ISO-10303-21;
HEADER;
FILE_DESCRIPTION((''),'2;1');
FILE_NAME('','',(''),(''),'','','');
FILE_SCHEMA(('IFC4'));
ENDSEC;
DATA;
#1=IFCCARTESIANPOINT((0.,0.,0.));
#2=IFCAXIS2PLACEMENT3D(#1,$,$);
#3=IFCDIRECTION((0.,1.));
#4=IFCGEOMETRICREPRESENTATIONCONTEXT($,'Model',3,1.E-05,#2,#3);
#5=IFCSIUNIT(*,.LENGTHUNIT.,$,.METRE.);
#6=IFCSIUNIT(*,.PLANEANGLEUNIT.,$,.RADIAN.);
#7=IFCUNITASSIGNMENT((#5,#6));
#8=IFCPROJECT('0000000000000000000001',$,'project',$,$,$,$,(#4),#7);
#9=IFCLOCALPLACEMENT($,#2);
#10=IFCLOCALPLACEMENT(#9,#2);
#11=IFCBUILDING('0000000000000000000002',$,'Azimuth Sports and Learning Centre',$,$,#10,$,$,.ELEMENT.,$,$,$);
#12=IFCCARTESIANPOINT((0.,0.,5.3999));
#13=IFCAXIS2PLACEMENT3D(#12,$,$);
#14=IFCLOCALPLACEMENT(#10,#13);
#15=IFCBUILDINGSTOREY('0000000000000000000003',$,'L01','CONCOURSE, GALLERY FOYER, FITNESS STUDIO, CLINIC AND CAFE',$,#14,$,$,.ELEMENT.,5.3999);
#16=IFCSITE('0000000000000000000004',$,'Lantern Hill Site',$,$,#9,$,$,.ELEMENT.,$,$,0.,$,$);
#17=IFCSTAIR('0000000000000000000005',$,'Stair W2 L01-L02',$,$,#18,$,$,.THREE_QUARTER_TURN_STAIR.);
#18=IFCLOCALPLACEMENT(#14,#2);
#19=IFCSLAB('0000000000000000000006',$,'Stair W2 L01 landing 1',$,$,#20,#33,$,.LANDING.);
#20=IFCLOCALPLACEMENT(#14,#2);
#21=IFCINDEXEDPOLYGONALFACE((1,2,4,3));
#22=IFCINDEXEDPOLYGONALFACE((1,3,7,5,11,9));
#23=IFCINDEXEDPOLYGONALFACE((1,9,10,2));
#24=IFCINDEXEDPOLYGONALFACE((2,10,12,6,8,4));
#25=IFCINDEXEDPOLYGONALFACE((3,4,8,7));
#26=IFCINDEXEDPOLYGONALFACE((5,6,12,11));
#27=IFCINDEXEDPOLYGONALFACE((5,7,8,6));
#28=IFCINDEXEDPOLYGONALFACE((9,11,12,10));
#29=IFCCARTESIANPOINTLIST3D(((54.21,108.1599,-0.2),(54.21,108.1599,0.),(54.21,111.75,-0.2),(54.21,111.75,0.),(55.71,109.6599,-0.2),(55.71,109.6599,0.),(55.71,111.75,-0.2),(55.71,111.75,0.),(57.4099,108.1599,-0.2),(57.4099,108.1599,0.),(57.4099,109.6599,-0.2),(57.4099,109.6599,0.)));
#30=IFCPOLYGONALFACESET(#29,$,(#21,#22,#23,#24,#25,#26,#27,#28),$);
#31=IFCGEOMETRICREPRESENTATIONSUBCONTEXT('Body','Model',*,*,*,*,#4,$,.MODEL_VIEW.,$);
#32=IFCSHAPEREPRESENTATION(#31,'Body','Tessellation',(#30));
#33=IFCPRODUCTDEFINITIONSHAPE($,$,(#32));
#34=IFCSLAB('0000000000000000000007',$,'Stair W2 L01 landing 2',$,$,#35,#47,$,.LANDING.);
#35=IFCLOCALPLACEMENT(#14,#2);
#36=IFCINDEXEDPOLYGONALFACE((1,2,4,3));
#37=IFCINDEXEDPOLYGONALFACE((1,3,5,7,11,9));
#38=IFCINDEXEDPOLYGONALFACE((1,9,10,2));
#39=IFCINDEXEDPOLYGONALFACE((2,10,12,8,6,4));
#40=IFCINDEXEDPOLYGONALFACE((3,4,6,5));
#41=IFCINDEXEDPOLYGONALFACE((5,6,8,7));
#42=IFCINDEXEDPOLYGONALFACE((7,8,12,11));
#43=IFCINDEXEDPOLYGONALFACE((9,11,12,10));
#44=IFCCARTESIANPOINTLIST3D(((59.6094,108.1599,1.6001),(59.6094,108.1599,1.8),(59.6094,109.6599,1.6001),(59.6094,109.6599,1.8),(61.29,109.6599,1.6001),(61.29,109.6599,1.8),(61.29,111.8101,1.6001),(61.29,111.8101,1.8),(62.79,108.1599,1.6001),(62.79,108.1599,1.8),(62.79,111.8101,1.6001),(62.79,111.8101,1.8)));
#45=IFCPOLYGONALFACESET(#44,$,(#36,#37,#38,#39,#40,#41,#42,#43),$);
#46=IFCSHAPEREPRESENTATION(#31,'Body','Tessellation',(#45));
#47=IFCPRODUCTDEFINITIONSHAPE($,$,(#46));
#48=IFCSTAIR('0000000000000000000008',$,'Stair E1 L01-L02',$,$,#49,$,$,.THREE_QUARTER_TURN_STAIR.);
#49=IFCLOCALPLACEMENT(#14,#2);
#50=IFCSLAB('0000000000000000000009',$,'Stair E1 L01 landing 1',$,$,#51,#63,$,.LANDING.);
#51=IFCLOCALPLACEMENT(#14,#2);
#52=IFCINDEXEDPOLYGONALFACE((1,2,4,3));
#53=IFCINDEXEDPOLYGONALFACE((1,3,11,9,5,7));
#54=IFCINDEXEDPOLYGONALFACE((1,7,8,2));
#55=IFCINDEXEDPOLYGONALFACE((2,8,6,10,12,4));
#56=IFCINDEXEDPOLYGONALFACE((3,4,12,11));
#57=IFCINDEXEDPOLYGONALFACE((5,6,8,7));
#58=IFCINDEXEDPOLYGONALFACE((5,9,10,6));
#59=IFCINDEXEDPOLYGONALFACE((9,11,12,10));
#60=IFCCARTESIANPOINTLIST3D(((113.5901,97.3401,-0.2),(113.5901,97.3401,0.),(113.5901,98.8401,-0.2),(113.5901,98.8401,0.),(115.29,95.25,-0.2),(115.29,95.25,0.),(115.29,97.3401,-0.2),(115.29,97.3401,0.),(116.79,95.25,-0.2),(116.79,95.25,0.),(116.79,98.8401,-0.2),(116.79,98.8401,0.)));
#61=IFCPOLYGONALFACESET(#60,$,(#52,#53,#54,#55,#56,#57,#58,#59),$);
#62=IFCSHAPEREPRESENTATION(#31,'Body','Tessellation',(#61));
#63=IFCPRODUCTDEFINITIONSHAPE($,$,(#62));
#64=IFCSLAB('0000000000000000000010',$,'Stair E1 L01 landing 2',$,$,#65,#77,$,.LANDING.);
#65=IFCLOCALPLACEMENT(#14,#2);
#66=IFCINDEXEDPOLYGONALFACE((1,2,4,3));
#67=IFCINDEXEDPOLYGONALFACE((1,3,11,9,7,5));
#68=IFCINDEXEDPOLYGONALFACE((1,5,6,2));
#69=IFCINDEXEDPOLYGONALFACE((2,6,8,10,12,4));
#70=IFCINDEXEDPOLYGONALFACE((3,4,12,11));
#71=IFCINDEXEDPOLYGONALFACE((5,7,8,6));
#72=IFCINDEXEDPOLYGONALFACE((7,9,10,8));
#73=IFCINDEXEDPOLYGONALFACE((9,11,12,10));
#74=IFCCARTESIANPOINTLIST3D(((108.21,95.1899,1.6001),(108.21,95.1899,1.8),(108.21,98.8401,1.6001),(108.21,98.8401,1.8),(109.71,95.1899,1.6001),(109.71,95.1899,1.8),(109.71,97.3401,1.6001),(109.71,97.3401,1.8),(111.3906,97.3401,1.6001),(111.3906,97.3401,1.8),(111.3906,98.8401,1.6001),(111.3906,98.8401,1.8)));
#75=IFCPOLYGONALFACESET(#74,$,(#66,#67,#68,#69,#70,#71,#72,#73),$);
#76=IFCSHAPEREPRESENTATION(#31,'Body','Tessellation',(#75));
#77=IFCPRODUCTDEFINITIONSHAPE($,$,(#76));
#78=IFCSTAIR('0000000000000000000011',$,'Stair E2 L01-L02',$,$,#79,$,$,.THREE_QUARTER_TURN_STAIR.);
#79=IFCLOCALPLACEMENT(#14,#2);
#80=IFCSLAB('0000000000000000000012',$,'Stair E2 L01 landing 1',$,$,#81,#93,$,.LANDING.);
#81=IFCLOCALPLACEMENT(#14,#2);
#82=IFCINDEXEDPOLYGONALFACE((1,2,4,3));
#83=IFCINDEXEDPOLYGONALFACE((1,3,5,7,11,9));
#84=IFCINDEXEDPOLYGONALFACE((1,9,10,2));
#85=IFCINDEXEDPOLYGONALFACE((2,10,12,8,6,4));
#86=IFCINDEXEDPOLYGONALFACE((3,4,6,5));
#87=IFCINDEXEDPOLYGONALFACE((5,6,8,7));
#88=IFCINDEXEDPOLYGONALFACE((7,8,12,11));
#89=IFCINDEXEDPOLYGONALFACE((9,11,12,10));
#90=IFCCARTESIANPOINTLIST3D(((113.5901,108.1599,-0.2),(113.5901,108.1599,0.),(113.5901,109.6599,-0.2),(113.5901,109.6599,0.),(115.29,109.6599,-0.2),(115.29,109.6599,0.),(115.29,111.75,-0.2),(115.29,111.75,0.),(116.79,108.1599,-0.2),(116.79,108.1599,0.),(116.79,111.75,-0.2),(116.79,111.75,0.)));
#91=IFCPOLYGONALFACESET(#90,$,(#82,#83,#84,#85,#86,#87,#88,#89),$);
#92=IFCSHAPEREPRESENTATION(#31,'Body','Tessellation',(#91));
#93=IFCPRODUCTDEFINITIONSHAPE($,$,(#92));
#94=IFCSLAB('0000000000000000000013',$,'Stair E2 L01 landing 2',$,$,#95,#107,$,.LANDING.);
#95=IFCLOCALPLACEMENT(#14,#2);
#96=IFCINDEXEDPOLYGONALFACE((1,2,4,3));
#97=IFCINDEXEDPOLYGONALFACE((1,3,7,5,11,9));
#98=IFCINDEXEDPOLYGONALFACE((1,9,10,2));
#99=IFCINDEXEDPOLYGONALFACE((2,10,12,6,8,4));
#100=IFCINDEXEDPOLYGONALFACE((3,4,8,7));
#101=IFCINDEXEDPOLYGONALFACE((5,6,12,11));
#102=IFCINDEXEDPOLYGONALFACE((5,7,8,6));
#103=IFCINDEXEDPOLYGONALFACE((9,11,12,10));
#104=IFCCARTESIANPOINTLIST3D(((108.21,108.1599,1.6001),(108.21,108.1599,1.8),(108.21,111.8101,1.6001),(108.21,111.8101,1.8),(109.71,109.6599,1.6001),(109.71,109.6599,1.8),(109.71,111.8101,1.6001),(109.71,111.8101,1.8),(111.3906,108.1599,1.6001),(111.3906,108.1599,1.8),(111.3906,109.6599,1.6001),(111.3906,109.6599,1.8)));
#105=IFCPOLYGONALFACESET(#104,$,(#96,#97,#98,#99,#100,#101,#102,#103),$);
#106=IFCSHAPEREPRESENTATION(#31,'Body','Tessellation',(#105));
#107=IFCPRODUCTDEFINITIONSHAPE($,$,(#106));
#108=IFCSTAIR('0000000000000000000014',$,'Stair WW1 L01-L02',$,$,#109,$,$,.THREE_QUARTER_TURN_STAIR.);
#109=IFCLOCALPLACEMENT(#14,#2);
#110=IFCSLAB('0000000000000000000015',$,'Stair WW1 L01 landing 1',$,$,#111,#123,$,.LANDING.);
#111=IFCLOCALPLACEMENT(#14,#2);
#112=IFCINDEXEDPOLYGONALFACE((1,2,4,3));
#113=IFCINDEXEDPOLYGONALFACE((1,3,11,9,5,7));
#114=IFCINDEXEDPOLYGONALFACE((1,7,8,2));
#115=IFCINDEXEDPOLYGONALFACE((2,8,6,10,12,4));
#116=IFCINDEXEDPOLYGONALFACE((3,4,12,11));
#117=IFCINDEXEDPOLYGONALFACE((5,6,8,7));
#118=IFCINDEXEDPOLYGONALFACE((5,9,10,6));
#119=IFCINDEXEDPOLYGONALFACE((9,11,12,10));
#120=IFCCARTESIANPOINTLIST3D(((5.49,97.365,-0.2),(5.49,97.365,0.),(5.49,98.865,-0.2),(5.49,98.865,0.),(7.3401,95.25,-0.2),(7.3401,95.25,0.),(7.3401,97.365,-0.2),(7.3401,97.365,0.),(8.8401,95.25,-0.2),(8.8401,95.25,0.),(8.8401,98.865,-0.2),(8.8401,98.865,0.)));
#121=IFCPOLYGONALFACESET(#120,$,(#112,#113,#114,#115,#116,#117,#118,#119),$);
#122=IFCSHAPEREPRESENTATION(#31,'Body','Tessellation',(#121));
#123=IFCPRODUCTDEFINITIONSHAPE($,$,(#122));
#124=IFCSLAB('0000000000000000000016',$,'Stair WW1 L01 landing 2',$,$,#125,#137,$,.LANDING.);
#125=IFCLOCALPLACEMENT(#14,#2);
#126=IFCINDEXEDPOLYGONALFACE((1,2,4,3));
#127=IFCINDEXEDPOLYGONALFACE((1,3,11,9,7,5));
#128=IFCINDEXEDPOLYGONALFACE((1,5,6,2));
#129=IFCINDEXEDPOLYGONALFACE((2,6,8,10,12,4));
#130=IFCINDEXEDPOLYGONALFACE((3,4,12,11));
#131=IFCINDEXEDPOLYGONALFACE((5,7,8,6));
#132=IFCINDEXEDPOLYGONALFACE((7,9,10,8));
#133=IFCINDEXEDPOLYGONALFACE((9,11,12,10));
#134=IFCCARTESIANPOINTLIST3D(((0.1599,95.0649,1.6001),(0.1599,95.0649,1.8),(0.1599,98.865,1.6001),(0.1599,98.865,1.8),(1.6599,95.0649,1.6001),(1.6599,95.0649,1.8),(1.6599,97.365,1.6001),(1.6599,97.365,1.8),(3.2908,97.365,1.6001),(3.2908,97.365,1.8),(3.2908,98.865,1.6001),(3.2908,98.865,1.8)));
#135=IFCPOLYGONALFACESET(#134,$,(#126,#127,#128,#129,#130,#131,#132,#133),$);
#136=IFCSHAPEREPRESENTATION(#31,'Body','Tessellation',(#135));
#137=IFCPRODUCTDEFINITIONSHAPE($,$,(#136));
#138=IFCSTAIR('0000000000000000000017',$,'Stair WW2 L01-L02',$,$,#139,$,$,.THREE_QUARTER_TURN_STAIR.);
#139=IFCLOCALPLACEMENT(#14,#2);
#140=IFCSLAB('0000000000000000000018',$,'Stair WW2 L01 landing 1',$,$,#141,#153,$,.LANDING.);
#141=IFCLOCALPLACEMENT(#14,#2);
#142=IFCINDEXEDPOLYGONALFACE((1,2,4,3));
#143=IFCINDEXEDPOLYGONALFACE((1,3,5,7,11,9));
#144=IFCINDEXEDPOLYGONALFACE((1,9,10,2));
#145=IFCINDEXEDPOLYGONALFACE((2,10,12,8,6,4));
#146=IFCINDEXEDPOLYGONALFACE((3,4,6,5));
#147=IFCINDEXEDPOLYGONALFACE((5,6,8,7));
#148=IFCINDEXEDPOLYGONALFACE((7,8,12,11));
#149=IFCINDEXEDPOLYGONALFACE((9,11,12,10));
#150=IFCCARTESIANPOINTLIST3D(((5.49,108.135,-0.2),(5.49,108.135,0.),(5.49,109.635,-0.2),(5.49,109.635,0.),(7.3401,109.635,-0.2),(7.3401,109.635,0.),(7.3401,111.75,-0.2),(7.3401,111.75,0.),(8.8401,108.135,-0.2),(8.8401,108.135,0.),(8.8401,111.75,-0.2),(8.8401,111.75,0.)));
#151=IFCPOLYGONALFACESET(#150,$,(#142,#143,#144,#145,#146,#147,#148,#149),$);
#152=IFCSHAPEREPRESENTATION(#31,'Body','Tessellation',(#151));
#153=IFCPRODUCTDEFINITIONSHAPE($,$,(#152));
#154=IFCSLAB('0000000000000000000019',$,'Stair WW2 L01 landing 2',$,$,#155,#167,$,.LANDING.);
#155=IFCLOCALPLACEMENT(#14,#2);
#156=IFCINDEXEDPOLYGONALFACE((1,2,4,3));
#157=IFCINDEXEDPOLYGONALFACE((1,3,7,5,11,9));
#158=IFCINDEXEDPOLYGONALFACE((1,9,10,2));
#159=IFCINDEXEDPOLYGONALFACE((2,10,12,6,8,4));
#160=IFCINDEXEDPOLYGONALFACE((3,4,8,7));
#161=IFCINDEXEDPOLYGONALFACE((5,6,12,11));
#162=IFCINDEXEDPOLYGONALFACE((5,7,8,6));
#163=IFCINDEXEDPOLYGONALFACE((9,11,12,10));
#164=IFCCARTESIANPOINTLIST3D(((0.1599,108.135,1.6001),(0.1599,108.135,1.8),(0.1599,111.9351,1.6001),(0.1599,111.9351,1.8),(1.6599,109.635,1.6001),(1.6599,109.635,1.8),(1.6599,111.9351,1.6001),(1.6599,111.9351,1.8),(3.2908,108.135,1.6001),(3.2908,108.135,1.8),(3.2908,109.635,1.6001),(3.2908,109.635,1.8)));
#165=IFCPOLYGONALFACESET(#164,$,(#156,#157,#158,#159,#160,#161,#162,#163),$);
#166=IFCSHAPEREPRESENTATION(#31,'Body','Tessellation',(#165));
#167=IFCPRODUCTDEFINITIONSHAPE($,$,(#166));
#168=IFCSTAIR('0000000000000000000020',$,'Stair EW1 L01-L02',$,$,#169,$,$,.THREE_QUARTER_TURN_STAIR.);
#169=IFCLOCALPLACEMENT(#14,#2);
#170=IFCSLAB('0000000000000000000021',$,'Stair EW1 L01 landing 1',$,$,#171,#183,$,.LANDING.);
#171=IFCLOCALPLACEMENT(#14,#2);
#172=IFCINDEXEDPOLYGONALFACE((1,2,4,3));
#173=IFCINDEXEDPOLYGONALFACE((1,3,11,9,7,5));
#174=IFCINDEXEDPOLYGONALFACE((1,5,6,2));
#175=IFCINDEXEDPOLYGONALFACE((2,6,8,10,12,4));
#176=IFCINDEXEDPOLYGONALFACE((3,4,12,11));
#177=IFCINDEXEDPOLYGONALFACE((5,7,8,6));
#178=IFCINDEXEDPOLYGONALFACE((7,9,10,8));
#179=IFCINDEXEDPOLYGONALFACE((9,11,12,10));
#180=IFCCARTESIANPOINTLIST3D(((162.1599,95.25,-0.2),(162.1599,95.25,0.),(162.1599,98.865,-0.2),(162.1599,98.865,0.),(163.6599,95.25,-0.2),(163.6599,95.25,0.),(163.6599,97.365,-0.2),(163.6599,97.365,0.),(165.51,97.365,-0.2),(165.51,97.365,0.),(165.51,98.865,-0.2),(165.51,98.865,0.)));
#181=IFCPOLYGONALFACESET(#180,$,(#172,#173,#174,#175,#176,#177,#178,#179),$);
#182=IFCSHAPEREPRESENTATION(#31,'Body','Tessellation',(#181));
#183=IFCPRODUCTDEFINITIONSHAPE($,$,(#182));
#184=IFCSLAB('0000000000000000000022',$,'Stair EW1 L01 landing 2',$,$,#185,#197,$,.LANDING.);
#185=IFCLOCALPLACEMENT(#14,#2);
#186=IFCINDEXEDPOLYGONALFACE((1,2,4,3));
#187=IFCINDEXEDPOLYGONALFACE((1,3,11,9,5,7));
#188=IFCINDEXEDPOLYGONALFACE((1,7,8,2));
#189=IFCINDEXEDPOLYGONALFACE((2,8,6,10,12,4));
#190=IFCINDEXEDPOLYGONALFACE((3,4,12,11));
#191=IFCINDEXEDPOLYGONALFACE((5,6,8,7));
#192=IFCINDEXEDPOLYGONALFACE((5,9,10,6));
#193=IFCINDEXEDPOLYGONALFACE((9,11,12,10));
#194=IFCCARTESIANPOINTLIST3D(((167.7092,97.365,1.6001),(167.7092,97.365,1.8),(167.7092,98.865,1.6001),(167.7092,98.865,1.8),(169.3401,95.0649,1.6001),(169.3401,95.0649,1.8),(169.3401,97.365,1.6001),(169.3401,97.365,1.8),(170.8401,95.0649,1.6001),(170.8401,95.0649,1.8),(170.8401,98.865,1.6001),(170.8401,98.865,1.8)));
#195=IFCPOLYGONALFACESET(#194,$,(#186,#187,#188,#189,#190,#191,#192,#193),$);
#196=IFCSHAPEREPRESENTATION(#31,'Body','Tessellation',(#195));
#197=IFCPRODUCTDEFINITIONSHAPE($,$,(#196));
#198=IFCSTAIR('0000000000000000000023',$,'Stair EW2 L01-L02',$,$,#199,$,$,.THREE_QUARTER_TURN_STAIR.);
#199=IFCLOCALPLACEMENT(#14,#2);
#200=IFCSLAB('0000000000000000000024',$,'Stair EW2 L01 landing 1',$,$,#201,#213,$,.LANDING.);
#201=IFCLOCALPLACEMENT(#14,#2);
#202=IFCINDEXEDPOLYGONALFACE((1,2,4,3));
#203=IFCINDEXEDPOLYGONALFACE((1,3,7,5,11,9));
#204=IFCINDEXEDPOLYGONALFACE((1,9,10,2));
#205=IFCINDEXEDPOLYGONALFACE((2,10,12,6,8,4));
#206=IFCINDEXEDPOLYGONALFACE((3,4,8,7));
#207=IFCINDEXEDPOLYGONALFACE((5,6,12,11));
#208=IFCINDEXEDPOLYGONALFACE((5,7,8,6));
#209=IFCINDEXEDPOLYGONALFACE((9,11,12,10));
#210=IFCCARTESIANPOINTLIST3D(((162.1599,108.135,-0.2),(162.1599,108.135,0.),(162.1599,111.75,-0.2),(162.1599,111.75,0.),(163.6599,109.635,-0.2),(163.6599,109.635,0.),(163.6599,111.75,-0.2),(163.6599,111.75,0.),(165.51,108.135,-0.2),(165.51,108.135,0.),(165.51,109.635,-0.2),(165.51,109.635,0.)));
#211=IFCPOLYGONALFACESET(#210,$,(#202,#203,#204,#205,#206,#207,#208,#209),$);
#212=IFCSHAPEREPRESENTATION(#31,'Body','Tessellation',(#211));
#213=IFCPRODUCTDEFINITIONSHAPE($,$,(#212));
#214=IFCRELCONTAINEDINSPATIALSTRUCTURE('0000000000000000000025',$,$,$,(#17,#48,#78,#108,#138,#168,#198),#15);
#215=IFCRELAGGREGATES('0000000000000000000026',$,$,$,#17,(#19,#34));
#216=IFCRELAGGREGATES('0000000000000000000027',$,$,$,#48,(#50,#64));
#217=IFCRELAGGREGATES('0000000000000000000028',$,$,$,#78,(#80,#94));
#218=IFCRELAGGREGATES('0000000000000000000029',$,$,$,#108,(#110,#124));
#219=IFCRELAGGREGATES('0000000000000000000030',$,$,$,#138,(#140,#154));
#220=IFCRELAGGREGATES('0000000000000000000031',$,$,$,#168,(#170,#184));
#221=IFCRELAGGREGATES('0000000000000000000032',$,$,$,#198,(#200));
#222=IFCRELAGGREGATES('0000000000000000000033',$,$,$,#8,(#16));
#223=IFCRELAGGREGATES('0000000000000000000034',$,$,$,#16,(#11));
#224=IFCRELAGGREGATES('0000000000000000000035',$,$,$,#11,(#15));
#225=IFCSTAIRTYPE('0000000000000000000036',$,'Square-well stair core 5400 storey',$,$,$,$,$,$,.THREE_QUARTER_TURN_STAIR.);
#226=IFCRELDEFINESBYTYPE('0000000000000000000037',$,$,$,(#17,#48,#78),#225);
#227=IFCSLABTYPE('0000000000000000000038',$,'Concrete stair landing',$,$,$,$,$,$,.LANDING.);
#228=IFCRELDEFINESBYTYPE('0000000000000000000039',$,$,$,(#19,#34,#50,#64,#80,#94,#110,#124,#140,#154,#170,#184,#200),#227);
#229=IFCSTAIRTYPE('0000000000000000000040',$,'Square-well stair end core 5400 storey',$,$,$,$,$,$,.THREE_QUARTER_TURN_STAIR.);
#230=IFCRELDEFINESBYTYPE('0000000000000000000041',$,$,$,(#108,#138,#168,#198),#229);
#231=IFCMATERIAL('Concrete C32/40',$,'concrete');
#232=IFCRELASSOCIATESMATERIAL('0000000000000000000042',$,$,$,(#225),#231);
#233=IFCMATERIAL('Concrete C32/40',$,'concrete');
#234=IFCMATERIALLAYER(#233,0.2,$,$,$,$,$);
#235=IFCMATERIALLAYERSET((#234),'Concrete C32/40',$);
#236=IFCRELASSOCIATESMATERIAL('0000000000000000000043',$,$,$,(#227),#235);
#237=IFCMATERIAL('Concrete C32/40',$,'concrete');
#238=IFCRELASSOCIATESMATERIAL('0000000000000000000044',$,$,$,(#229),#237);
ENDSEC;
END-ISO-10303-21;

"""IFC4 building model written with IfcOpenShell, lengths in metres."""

from ifc_helpers import new_model, si_unit, direction, frame, origin, place, context, subcontext, project, spatial, polyline, outline, extrude, material, layer, layer_set, type_object, element, aggregate, save


model = new_model("IFC4")

# Units and contexts
model_context = context("Model", 3, precision=1e-05, world=origin(), true_north=direction((0.0, 1.0)))
body_context = subcontext(model_context, "Body", "Model", "MODEL_VIEW")
ifc_project = project(units=[si_unit("LENGTHUNIT", "METRE"), si_unit("PLANEANGLEUNIT", "RADIAN")], contexts=[model_context])

# Site, building, storey
site_placement = place(None, origin())
site = spatial("IfcSite", under=ifc_project, at=site_placement, Name="Lantern Hill Site", CompositionType="ELEMENT", RefElevation=0.0)
building_placement = place(site_placement, origin())
building = spatial("IfcBuilding", under=site, at=building_placement, Name="Azimuth Sports and Learning Centre", CompositionType="ELEMENT")
storey_placement = place(building_placement, frame((0.0, 0.0, 5.3999)))
storey = spatial("IfcBuildingStorey", under=building, at=storey_placement, Name="L01", Description="CONCOURSE, GALLERY FOYER, FITNESS STUDIO, CLINIC AND CAFE", CompositionType="ELEMENT", Elevation=5.3999)

# Stairs, slabs
ifc_material_1 = material(Name="Concrete C32/40", Category="concrete")
stair_type_1 = type_object("IfcStairType", Name="Square-well stair core 5400 storey", PredefinedType="THREE_QUARTER_TURN_STAIR", material=ifc_material_1)
ifc_material_2 = material(Name="Concrete C32/40", Category="concrete")
ifc_layer_1 = layer(ifc_material_2, 0.2)
ifc_layer_set_1 = layer_set([ifc_layer_1], Name="Concrete C32/40")
slab_type_1 = type_object("IfcSlabType", Name="Concrete stair landing", PredefinedType="LANDING", material=ifc_layer_set_1)
stair_1_placement = place(storey_placement, origin())
stair_1 = element("IfcStair", 1, at=stair_1_placement, inside=storey, type_object=stair_type_1, Name="Stair W2 L01-L02", PredefinedType="THREE_QUARTER_TURN_STAIR")
slab_1_placement = place(storey_placement, frame((0.0, 0.0, -0.2)))
slab_1 = element("IfcSlab", 2, at=slab_1_placement, type_object=slab_type_1, Name="Stair W2 L01 landing 1", PredefinedType="LANDING", context=body_context, shape_type="SweptSolid", body=[
    extrude(outline(polyline([(57.4099, 109.6599), (55.71, 109.6599), (55.71, 111.75), (54.21, 111.75), (54.21, 108.1599), (57.4099, 108.1599), (57.4099, 109.6599)])), origin(), (0.0, 0.0, 1.0), 0.2),
])
slab_2_placement = place(storey_placement, frame((0.0, 0.0, 1.6001)))
slab_2 = element("IfcSlab", 3, at=slab_2_placement, type_object=slab_type_1, Name="Stair W2 L01 landing 2", PredefinedType="LANDING", context=body_context, shape_type="SweptSolid", body=[
    extrude(outline(polyline([(61.29, 109.6599), (59.6094, 109.6599), (59.6094, 108.1599), (62.79, 108.1599), (62.79, 111.8101), (61.29, 111.8101), (61.29, 109.6599)])), origin(), (0.0, 0.0, 1.0), 0.2),
])
aggregate(stair_1, [slab_1, slab_2])
stair_2_placement = place(storey_placement, origin())
stair_2 = element("IfcStair", 4, at=stair_2_placement, inside=storey, type_object=stair_type_1, Name="Stair E1 L01-L02", PredefinedType="THREE_QUARTER_TURN_STAIR")
slab_3_placement = place(storey_placement, frame((0.0, 0.0, -0.2)))
slab_3 = element("IfcSlab", 5, at=slab_3_placement, type_object=slab_type_1, Name="Stair E1 L01 landing 1", PredefinedType="LANDING", context=body_context, shape_type="SweptSolid", body=[
    extrude(outline(polyline([(113.5901, 97.3401), (115.29, 97.3401), (115.29, 95.25), (116.79, 95.25), (116.79, 98.8401), (113.5901, 98.8401), (113.5901, 97.3401)])), origin(), (0.0, 0.0, 1.0), 0.2),
])
slab_4_placement = place(storey_placement, frame((0.0, 0.0, 1.6001)))
slab_4 = element("IfcSlab", 6, at=slab_4_placement, type_object=slab_type_1, Name="Stair E1 L01 landing 2", PredefinedType="LANDING", context=body_context, shape_type="SweptSolid", body=[
    extrude(outline(polyline([(109.71, 97.3401), (111.3906, 97.3401), (111.3906, 98.8401), (108.21, 98.8401), (108.21, 95.1899), (109.71, 95.1899), (109.71, 97.3401)])), origin(), (0.0, 0.0, 1.0), 0.2),
])
aggregate(stair_2, [slab_3, slab_4])
stair_3_placement = place(storey_placement, origin())
stair_3 = element("IfcStair", 7, at=stair_3_placement, inside=storey, type_object=stair_type_1, Name="Stair E2 L01-L02", PredefinedType="THREE_QUARTER_TURN_STAIR")
slab_5_placement = place(storey_placement, frame((0.0, 0.0, -0.2)))
slab_5 = element("IfcSlab", 8, at=slab_5_placement, type_object=slab_type_1, Name="Stair E2 L01 landing 1", PredefinedType="LANDING", context=body_context, shape_type="SweptSolid", body=[
    extrude(outline(polyline([(116.79, 108.1599), (116.79, 111.75), (115.29, 111.75), (115.29, 109.6599), (113.5901, 109.6599), (113.5901, 108.1599), (116.79, 108.1599)])), origin(), (0.0, 0.0, 1.0), 0.2),
])
slab_6_placement = place(storey_placement, frame((0.0, 0.0, 1.6001)))
slab_6 = element("IfcSlab", 9, at=slab_6_placement, type_object=slab_type_1, Name="Stair E2 L01 landing 2", PredefinedType="LANDING", context=body_context, shape_type="SweptSolid", body=[
    extrude(outline(polyline([(109.71, 109.6599), (109.71, 111.8101), (108.21, 111.8101), (108.21, 108.1599), (111.3906, 108.1599), (111.3906, 109.6599), (109.71, 109.6599)])), origin(), (0.0, 0.0, 1.0), 0.2),
])
aggregate(stair_3, [slab_5, slab_6])
ifc_material_3 = material(Name="Concrete C32/40", Category="concrete")
stair_type_2 = type_object("IfcStairType", Name="Square-well stair end core 5400 storey", PredefinedType="THREE_QUARTER_TURN_STAIR", material=ifc_material_3)
stair_4_placement = place(storey_placement, origin())
stair_4 = element("IfcStair", 10, at=stair_4_placement, inside=storey, type_object=stair_type_2, Name="Stair WW1 L01-L02", PredefinedType="THREE_QUARTER_TURN_STAIR")
slab_7_placement = place(storey_placement, frame((0.0, 0.0, -0.2)))
slab_7 = element("IfcSlab", 11, at=slab_7_placement, type_object=slab_type_1, Name="Stair WW1 L01 landing 1", PredefinedType="LANDING", context=body_context, shape_type="SweptSolid", body=[
    extrude(outline(polyline([(5.49, 97.365), (7.3401, 97.365), (7.3401, 95.25), (8.8401, 95.25), (8.8401, 98.865), (5.49, 98.865), (5.49, 97.365)])), origin(), (0.0, 0.0, 1.0), 0.2),
])
slab_8_placement = place(storey_placement, frame((0.0, 0.0, 1.6001)))
slab_8 = element("IfcSlab", 12, at=slab_8_placement, type_object=slab_type_1, Name="Stair WW1 L01 landing 2", PredefinedType="LANDING", context=body_context, shape_type="SweptSolid", body=[
    extrude(outline(polyline([(1.6599, 97.365), (3.2908, 97.365), (3.2908, 98.865), (0.1599, 98.865), (0.1599, 95.0649), (1.6599, 95.0649), (1.6599, 97.365)])), origin(), (0.0, 0.0, 1.0), 0.2),
])
aggregate(stair_4, [slab_7, slab_8])
stair_5_placement = place(storey_placement, origin())
stair_5 = element("IfcStair", 13, at=stair_5_placement, inside=storey, type_object=stair_type_2, Name="Stair WW2 L01-L02", PredefinedType="THREE_QUARTER_TURN_STAIR")
slab_9_placement = place(storey_placement, frame((0.0, 0.0, -0.2)))
slab_9 = element("IfcSlab", 14, at=slab_9_placement, type_object=slab_type_1, Name="Stair WW2 L01 landing 1", PredefinedType="LANDING", context=body_context, shape_type="SweptSolid", body=[
    extrude(outline(polyline([(8.8401, 108.135), (8.8401, 111.75), (7.3401, 111.75), (7.3401, 109.635), (5.49, 109.635), (5.49, 108.135), (8.8401, 108.135)])), origin(), (0.0, 0.0, 1.0), 0.2),
])
slab_10_placement = place(storey_placement, frame((0.0, 0.0, 1.6001)))
slab_10 = element("IfcSlab", 15, at=slab_10_placement, type_object=slab_type_1, Name="Stair WW2 L01 landing 2", PredefinedType="LANDING", context=body_context, shape_type="SweptSolid", body=[
    extrude(outline(polyline([(1.6599, 109.635), (1.6599, 111.9351), (0.1599, 111.9351), (0.1599, 108.135), (3.2908, 108.135), (3.2908, 109.635), (1.6599, 109.635)])), origin(), (0.0, 0.0, 1.0), 0.2),
])
aggregate(stair_5, [slab_9, slab_10])
stair_6_placement = place(storey_placement, origin())
stair_6 = element("IfcStair", 16, at=stair_6_placement, inside=storey, type_object=stair_type_2, Name="Stair EW1 L01-L02", PredefinedType="THREE_QUARTER_TURN_STAIR")
slab_11_placement = place(storey_placement, frame((0.0, 0.0, -0.2)))
slab_11 = element("IfcSlab", 17, at=slab_11_placement, type_object=slab_type_1, Name="Stair EW1 L01 landing 1", PredefinedType="LANDING", context=body_context, shape_type="SweptSolid", body=[
    extrude(outline(polyline([(162.1599, 98.865), (162.1599, 95.25), (163.6599, 95.25), (163.6599, 97.365), (165.51, 97.365), (165.51, 98.865), (162.1599, 98.865)])), origin(), (0.0, 0.0, 1.0), 0.2),
])
slab_12_placement = place(storey_placement, frame((0.0, 0.0, 1.6001)))
slab_12 = element("IfcSlab", 18, at=slab_12_placement, type_object=slab_type_1, Name="Stair EW1 L01 landing 2", PredefinedType="LANDING", context=body_context, shape_type="SweptSolid", body=[
    extrude(outline(polyline([(169.3401, 97.365), (169.3401, 95.0649), (170.8401, 95.0649), (170.8401, 98.865), (167.7092, 98.865), (167.7092, 97.365), (169.3401, 97.365)])), origin(), (0.0, 0.0, 1.0), 0.2),
])
aggregate(stair_6, [slab_11, slab_12])
stair_7_placement = place(storey_placement, origin())
stair_7 = element("IfcStair", 19, at=stair_7_placement, inside=storey, type_object=stair_type_2, Name="Stair EW2 L01-L02", PredefinedType="THREE_QUARTER_TURN_STAIR")
slab_13_placement = place(storey_placement, frame((0.0, 0.0, -0.2)))
slab_13 = element("IfcSlab", 20, at=slab_13_placement, type_object=slab_type_1, Name="Stair EW2 L01 landing 1", PredefinedType="LANDING", context=body_context, shape_type="SweptSolid", body=[
    extrude(outline(polyline([(165.51, 109.635), (163.6599, 109.635), (163.6599, 111.75), (162.1599, 111.75), (162.1599, 108.135), (165.51, 108.135), (165.51, 109.635)])), origin(), (0.0, 0.0, 1.0), 0.2),
])
aggregate(stair_7, [slab_13])

save(model, "model.ifc")
